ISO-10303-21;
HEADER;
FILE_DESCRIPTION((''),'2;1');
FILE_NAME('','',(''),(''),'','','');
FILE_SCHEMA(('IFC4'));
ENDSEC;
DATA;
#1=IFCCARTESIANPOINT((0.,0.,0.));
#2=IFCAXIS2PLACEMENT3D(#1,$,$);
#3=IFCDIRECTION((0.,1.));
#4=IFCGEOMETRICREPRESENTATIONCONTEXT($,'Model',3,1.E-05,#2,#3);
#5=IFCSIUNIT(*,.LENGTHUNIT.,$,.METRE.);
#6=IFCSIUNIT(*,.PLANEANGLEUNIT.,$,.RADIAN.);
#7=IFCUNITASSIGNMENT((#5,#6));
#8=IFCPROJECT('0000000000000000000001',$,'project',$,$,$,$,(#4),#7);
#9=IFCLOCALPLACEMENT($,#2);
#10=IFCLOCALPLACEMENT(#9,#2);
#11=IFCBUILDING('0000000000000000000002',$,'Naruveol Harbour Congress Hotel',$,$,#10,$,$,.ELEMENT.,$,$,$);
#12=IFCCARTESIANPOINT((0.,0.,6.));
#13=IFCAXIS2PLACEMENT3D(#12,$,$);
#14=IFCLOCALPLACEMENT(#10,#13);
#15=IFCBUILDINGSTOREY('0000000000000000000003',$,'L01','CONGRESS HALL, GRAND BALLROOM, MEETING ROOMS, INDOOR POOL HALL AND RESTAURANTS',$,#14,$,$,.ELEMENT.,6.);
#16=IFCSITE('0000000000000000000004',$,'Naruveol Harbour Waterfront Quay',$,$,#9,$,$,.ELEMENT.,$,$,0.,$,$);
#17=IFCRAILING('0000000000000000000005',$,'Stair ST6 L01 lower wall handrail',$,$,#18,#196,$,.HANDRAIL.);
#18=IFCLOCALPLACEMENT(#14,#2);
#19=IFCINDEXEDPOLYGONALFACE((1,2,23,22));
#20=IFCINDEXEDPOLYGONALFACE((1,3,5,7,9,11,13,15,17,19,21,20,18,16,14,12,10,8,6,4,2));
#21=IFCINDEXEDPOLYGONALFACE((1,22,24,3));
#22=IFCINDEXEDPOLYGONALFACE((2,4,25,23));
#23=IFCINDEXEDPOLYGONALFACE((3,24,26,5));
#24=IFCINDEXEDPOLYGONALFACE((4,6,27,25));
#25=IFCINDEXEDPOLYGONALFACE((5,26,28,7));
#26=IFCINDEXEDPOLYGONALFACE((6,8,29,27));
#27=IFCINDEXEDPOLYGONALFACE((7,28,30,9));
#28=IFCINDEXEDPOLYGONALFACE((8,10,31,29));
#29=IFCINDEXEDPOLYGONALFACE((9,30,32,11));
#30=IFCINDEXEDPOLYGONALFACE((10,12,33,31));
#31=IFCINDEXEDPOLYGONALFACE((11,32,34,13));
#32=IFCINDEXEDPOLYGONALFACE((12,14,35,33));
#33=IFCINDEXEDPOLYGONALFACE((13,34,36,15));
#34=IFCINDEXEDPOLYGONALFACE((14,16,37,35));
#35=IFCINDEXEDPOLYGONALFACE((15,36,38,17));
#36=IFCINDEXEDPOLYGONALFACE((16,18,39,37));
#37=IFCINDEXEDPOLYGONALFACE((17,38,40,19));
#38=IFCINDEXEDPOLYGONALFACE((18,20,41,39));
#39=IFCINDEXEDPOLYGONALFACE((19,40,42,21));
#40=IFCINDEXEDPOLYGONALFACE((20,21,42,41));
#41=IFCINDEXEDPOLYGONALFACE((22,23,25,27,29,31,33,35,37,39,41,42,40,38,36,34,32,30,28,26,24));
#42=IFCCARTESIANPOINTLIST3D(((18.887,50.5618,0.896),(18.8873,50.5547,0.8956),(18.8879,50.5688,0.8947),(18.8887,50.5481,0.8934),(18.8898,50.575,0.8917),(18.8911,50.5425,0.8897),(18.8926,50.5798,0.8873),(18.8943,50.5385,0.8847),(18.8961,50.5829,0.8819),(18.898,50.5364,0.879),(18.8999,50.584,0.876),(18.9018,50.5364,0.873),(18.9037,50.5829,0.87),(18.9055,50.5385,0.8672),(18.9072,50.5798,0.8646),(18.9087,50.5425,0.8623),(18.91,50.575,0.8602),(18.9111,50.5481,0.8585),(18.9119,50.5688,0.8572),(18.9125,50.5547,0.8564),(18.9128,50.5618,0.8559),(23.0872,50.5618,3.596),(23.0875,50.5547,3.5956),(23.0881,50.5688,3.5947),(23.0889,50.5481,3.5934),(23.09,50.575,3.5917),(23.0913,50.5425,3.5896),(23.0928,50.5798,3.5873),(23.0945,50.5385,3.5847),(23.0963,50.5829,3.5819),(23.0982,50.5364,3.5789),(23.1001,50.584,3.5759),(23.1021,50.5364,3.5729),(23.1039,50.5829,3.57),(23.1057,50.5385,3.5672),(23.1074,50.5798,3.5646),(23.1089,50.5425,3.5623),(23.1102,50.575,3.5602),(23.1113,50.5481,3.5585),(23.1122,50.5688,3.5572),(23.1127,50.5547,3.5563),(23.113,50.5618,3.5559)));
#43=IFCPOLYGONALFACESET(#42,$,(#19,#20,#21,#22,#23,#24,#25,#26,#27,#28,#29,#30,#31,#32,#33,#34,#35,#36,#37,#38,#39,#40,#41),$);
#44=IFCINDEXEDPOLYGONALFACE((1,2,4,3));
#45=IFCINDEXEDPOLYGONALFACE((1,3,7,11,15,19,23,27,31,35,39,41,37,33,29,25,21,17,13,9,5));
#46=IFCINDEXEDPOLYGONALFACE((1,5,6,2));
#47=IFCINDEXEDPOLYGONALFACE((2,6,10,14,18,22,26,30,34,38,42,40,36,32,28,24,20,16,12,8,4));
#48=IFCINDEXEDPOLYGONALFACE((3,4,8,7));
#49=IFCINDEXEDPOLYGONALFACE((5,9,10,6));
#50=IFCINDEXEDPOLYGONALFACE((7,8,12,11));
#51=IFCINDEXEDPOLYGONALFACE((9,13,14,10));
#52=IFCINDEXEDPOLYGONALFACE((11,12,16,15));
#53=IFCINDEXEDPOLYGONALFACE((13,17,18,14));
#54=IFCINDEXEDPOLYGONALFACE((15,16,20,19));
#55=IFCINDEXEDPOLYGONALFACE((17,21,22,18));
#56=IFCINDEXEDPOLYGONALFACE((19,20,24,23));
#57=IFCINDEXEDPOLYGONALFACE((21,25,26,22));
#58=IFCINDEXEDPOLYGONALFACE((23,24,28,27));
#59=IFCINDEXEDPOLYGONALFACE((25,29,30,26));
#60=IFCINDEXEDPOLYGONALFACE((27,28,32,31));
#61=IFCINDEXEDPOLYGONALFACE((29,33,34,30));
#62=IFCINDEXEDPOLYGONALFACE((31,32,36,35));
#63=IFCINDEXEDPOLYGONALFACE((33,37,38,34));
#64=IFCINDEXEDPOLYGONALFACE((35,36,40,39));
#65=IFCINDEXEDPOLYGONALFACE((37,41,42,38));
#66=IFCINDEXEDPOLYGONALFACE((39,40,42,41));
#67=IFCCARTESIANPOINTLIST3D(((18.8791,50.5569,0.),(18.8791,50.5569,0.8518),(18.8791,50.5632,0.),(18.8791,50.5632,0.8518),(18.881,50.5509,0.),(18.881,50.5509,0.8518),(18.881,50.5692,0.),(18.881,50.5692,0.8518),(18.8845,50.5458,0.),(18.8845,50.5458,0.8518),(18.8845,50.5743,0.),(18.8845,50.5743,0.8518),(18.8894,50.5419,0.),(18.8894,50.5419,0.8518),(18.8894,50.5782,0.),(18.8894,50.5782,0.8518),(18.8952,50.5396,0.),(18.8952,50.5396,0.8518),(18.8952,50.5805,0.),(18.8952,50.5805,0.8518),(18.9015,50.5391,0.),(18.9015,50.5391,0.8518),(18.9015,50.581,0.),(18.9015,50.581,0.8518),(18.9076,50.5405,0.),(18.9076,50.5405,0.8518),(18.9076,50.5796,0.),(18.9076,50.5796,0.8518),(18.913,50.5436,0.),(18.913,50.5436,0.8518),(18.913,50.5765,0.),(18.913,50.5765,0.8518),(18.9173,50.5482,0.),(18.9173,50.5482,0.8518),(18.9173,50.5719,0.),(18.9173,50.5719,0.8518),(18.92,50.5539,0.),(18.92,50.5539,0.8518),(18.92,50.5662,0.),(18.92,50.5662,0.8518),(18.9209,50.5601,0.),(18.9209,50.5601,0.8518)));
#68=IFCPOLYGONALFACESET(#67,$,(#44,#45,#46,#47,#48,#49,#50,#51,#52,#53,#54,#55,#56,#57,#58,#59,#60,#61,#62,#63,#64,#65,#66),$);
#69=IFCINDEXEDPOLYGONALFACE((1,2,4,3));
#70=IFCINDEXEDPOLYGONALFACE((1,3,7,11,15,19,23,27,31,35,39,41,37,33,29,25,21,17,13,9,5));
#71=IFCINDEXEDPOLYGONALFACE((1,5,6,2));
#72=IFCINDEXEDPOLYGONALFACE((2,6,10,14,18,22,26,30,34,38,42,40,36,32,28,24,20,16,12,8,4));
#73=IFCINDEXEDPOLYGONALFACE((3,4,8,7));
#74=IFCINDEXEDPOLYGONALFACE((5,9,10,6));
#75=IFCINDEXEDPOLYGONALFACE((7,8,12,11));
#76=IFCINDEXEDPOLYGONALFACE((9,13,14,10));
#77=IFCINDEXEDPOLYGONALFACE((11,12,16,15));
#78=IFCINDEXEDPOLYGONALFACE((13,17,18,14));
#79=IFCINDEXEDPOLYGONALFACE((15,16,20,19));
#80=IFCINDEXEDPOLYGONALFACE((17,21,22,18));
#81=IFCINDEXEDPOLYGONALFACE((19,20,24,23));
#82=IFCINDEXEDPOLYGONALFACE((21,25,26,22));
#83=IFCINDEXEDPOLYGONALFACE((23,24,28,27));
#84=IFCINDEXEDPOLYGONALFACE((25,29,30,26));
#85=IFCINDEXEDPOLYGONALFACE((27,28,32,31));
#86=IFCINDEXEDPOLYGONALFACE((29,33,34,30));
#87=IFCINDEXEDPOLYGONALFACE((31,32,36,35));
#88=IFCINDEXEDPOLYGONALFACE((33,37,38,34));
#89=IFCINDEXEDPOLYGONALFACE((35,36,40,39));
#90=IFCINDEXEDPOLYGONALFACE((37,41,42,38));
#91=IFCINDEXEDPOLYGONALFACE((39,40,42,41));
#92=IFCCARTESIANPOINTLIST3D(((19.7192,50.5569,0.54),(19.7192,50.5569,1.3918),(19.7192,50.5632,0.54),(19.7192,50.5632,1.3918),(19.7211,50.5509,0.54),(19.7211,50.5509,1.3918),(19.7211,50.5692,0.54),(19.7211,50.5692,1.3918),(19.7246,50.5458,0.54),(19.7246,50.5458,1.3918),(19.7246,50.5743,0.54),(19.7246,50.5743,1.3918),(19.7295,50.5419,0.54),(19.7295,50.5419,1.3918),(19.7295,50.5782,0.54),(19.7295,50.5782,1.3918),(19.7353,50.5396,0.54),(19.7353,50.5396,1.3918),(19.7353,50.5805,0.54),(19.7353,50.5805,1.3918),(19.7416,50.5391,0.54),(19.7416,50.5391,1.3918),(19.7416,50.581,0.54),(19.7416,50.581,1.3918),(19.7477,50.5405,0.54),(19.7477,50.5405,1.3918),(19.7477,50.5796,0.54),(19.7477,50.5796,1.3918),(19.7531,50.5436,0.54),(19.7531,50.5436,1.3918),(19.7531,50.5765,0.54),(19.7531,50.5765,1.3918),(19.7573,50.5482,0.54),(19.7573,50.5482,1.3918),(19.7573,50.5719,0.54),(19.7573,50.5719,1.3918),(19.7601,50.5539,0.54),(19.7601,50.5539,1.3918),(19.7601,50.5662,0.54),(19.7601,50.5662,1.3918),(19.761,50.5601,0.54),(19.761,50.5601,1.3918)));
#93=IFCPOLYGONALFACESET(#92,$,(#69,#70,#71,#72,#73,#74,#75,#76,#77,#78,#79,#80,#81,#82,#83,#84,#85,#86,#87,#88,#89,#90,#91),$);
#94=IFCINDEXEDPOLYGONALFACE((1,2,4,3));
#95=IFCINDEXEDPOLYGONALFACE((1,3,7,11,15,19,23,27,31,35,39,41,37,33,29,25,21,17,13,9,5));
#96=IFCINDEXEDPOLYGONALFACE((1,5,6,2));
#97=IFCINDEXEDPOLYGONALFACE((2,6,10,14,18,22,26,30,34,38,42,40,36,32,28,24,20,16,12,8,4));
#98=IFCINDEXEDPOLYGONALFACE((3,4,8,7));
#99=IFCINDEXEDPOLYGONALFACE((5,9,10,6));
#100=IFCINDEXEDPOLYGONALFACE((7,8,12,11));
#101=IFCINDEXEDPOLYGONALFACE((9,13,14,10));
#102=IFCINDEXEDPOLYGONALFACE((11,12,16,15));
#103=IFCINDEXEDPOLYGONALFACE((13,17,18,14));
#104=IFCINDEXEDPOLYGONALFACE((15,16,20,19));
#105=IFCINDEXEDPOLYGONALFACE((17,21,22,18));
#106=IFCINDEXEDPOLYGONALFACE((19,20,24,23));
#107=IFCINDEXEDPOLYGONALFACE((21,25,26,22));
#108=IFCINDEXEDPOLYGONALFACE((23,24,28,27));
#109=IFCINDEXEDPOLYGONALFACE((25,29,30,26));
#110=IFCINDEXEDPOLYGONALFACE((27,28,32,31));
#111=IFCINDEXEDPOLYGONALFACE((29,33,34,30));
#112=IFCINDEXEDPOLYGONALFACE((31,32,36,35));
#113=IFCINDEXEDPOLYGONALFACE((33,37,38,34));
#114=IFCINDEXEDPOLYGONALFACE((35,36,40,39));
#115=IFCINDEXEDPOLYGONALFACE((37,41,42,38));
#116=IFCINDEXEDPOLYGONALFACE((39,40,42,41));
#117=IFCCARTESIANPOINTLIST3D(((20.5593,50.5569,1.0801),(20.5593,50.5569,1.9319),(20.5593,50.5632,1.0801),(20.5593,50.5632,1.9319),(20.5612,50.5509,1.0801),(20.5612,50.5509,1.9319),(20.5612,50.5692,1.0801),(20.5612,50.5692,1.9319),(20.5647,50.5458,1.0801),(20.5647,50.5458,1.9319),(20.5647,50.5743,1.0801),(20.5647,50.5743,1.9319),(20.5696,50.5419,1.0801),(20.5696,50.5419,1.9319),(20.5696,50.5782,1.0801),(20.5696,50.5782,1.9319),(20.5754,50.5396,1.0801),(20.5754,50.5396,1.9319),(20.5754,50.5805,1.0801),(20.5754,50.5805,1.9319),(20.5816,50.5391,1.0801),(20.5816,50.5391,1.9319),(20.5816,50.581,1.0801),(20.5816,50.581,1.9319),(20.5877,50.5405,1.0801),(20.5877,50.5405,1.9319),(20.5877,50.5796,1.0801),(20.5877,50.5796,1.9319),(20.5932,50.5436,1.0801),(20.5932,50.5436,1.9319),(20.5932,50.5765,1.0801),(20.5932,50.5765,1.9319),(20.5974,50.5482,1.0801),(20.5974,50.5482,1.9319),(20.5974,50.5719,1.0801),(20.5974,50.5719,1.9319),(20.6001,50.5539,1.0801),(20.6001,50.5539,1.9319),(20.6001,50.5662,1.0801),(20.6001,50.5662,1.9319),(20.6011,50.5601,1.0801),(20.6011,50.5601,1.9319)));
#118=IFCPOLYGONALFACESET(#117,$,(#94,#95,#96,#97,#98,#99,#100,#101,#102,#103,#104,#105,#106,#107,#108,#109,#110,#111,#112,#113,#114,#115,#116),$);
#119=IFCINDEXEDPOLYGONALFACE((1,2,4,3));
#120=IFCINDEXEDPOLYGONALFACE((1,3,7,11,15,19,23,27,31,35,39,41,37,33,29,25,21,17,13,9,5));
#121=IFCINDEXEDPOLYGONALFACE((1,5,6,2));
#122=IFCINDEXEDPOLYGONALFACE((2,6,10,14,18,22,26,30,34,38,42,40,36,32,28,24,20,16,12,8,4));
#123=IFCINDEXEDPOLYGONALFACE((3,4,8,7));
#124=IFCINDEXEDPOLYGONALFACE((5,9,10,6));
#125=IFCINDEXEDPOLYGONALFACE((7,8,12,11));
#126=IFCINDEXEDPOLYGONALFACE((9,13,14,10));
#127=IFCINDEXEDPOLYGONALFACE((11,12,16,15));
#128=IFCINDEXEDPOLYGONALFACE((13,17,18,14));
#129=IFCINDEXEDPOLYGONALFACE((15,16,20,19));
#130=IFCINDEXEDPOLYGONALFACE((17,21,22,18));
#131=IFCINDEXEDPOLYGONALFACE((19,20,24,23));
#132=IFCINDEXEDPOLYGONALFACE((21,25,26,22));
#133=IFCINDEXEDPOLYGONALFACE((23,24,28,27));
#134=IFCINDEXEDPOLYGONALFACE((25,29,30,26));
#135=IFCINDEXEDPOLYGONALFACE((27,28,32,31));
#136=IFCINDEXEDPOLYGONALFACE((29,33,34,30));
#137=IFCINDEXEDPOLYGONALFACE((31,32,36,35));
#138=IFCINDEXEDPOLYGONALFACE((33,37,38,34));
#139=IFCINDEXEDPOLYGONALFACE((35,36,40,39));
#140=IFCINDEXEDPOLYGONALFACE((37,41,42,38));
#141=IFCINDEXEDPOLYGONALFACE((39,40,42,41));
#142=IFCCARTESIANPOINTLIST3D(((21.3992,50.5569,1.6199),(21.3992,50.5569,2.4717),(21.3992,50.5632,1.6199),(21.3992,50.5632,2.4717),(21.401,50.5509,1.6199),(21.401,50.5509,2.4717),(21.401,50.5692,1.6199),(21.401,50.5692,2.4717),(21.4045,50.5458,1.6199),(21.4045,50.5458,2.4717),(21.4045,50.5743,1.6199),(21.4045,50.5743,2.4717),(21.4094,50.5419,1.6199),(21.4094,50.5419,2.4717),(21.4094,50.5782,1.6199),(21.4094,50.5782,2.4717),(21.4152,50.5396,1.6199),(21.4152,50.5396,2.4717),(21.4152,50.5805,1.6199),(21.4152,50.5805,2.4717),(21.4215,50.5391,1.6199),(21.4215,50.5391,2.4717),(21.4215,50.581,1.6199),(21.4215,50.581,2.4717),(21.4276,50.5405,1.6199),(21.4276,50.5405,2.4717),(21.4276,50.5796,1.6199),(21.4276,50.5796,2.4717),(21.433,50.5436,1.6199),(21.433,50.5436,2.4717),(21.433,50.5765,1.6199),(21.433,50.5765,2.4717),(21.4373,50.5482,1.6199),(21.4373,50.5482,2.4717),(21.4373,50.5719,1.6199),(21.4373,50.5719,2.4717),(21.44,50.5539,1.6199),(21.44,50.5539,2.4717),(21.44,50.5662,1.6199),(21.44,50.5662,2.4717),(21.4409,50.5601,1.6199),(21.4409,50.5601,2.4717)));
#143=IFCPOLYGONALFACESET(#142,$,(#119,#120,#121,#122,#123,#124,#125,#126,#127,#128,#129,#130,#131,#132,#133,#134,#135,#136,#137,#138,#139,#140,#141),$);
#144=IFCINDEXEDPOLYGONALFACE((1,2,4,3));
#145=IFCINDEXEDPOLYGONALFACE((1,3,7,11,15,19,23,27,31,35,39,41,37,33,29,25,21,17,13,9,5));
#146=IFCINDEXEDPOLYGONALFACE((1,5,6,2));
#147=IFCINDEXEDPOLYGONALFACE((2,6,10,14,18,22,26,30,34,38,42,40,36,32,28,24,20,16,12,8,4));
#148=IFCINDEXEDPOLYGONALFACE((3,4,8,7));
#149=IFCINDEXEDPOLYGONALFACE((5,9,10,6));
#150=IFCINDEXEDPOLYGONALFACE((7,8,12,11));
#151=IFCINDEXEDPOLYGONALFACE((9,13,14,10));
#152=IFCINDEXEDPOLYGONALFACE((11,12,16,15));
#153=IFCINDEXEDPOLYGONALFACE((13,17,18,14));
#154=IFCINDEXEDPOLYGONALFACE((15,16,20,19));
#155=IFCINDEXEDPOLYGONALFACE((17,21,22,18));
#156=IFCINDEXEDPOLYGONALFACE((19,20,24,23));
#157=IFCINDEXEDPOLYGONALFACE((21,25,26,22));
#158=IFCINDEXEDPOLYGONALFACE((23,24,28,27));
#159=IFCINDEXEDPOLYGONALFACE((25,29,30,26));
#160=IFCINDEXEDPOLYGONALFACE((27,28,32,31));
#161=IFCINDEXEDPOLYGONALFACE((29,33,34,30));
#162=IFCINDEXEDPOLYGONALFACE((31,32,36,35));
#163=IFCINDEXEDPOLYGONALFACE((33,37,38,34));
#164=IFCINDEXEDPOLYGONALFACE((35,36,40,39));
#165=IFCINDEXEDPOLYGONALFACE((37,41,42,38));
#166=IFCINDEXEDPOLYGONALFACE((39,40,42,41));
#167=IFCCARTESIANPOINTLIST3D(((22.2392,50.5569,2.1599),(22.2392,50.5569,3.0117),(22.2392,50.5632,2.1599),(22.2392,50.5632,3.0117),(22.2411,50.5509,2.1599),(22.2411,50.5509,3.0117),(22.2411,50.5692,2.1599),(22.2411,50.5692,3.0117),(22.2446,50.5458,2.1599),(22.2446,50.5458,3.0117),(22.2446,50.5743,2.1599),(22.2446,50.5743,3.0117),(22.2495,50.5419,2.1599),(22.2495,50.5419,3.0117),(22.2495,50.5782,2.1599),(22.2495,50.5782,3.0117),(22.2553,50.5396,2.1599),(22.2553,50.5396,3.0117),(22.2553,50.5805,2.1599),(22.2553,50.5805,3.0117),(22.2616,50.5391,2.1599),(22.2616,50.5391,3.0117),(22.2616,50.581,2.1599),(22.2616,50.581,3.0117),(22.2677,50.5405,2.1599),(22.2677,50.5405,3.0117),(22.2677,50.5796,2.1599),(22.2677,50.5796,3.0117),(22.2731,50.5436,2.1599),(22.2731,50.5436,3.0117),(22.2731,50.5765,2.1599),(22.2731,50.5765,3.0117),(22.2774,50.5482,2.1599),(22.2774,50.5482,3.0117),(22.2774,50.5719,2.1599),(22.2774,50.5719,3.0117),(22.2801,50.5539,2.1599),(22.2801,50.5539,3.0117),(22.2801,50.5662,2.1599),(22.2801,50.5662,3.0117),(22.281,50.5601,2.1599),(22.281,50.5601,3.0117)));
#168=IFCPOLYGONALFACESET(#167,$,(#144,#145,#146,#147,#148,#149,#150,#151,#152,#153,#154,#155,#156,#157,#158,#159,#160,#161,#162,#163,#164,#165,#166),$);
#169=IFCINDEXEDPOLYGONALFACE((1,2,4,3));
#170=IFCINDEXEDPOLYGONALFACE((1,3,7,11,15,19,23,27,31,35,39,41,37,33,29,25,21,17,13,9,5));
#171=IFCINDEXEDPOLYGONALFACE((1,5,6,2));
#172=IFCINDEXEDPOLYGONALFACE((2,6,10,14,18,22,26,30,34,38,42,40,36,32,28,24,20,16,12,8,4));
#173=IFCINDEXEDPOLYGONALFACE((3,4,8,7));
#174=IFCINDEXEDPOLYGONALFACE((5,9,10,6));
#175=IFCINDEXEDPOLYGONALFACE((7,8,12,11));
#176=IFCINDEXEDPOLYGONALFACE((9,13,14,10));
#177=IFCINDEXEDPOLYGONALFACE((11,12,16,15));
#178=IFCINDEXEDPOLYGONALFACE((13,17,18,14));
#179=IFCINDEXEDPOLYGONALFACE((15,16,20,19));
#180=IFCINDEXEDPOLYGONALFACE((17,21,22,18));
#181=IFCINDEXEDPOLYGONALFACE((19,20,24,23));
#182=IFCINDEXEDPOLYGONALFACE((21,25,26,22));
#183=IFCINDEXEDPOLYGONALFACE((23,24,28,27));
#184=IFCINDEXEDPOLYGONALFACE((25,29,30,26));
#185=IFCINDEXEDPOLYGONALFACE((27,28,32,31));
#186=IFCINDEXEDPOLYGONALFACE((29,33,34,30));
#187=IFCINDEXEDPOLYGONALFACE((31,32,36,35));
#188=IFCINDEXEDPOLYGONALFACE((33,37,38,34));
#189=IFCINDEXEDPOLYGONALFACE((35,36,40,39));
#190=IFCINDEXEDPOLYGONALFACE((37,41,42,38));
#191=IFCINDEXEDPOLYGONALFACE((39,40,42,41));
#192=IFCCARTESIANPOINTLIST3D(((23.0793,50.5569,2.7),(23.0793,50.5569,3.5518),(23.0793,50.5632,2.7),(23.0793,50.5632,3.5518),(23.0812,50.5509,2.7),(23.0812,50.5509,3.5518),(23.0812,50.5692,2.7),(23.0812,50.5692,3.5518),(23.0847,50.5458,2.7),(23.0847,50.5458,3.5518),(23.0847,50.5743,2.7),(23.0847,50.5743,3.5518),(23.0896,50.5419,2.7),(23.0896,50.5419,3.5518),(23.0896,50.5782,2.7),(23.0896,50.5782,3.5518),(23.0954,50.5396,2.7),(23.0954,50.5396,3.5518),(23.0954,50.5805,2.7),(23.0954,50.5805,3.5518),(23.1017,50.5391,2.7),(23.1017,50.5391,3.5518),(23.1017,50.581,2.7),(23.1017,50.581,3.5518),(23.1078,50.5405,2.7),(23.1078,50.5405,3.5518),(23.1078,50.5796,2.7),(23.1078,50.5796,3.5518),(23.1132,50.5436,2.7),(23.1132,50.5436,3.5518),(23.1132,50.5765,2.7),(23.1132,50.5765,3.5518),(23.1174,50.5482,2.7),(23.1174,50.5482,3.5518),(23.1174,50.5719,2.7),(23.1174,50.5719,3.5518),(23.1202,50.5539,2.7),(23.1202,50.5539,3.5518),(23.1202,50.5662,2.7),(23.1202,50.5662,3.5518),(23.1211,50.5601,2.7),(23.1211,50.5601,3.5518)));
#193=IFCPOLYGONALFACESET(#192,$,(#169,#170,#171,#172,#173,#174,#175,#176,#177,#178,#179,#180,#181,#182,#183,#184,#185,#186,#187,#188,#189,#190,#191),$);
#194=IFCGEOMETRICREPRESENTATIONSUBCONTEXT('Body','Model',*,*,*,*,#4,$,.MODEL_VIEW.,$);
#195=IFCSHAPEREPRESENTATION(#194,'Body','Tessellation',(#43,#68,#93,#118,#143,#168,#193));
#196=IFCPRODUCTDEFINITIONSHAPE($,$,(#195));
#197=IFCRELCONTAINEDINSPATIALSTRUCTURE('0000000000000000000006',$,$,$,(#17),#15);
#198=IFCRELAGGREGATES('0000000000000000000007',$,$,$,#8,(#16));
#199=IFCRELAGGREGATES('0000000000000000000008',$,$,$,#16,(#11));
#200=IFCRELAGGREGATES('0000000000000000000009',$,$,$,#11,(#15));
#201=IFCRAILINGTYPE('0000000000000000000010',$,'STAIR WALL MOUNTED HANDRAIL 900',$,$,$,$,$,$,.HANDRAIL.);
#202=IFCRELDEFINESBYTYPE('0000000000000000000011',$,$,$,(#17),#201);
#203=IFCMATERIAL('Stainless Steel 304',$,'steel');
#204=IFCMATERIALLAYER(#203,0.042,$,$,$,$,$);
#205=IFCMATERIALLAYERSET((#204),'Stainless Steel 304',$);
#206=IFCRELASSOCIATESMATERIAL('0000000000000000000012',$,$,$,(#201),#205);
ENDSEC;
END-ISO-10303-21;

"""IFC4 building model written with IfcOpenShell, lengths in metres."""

from ifc_helpers import new_model, si_unit, direction, frame, origin, origin_2d, place, context, subcontext, project, spatial, circle, extrude, material, layer, layer_set, type_object, element, save


model = new_model("IFC4")

# Units and contexts
model_context = context("Model", 3, precision=1e-05, world=origin(), true_north=direction((0.0, 1.0)))
body_context = subcontext(model_context, "Body", "Model", "MODEL_VIEW")
ifc_project = project(units=[si_unit("LENGTHUNIT", "METRE"), si_unit("PLANEANGLEUNIT", "RADIAN")], contexts=[model_context])

# Site, building, storey
site_placement = place(None, origin())
site = spatial("IfcSite", under=ifc_project, at=site_placement, Name="Naruveol Harbour Waterfront Quay", CompositionType="ELEMENT", RefElevation=0.0)
building_placement = place(site_placement, origin())
building = spatial("IfcBuilding", under=site, at=building_placement, Name="Naruveol Harbour Congress Hotel", CompositionType="ELEMENT")
storey_placement = place(building_placement, frame((0.0, 0.0, 6.0)))
storey = spatial("IfcBuildingStorey", under=building, at=storey_placement, Name="L01", Description="CONGRESS HALL, GRAND BALLROOM, MEETING ROOMS, INDOOR POOL HALL AND RESTAURANTS", CompositionType="ELEMENT", Elevation=6.0)

# Railing
ifc_material_1 = material(Name="Stainless Steel 304", Category="steel")
ifc_layer_1 = layer(ifc_material_1, 0.042)
ifc_layer_set_1 = layer_set([ifc_layer_1], Name="Stainless Steel 304")
railing_type_1 = type_object("IfcRailingType", Name="STAIR WALL MOUNTED HANDRAIL 900", PredefinedType="HANDRAIL", material=ifc_layer_set_1)
railing_1_placement = place(storey_placement, frame((18.8999, 50.5601, 0.0)))
element("IfcRailing", 1, at=railing_1_placement, inside=storey, type_object=railing_type_1, Name="Stair ST6 L01 lower wall handrail", PredefinedType="HANDRAIL", context=body_context, shape_type="SweptSolid", body=[
    extrude(circle(Radius=0.0239, at=origin_2d()), frame((0.0, 0.0, 0.876), z_axis=(0.841194, 0.0, 0.540733), x_axis=(0.0, 1.0, 0.0)), (0.0, 0.0, 1.0), 4.9932),
    extrude(circle(Radius=0.021, at=origin_2d()), origin(), (0.0, 0.0, 1.0), 0.8518),
    extrude(circle(Radius=0.021, at=origin_2d()), frame((0.8401, 0.0, 0.54)), (0.0, 0.0, 1.0), 0.8518),
    extrude(circle(Radius=0.021, at=origin_2d()), frame((1.6802, 0.0, 1.0801)), (0.0, 0.0, 1.0), 0.8518),
    extrude(circle(Radius=0.021, at=origin_2d()), frame((2.52, 0.0, 1.6199)), (0.0, 0.0, 1.0), 0.8518),
    extrude(circle(Radius=0.021, at=origin_2d()), frame((3.3601, 0.0, 2.1599)), (0.0, 0.0, 1.0), 0.8518),
    extrude(circle(Radius=0.021, at=origin_2d()), frame((4.2002, 0.0, 2.7)), (0.0, 0.0, 1.0), 0.8518),
])

save(model, "model.ifc")
